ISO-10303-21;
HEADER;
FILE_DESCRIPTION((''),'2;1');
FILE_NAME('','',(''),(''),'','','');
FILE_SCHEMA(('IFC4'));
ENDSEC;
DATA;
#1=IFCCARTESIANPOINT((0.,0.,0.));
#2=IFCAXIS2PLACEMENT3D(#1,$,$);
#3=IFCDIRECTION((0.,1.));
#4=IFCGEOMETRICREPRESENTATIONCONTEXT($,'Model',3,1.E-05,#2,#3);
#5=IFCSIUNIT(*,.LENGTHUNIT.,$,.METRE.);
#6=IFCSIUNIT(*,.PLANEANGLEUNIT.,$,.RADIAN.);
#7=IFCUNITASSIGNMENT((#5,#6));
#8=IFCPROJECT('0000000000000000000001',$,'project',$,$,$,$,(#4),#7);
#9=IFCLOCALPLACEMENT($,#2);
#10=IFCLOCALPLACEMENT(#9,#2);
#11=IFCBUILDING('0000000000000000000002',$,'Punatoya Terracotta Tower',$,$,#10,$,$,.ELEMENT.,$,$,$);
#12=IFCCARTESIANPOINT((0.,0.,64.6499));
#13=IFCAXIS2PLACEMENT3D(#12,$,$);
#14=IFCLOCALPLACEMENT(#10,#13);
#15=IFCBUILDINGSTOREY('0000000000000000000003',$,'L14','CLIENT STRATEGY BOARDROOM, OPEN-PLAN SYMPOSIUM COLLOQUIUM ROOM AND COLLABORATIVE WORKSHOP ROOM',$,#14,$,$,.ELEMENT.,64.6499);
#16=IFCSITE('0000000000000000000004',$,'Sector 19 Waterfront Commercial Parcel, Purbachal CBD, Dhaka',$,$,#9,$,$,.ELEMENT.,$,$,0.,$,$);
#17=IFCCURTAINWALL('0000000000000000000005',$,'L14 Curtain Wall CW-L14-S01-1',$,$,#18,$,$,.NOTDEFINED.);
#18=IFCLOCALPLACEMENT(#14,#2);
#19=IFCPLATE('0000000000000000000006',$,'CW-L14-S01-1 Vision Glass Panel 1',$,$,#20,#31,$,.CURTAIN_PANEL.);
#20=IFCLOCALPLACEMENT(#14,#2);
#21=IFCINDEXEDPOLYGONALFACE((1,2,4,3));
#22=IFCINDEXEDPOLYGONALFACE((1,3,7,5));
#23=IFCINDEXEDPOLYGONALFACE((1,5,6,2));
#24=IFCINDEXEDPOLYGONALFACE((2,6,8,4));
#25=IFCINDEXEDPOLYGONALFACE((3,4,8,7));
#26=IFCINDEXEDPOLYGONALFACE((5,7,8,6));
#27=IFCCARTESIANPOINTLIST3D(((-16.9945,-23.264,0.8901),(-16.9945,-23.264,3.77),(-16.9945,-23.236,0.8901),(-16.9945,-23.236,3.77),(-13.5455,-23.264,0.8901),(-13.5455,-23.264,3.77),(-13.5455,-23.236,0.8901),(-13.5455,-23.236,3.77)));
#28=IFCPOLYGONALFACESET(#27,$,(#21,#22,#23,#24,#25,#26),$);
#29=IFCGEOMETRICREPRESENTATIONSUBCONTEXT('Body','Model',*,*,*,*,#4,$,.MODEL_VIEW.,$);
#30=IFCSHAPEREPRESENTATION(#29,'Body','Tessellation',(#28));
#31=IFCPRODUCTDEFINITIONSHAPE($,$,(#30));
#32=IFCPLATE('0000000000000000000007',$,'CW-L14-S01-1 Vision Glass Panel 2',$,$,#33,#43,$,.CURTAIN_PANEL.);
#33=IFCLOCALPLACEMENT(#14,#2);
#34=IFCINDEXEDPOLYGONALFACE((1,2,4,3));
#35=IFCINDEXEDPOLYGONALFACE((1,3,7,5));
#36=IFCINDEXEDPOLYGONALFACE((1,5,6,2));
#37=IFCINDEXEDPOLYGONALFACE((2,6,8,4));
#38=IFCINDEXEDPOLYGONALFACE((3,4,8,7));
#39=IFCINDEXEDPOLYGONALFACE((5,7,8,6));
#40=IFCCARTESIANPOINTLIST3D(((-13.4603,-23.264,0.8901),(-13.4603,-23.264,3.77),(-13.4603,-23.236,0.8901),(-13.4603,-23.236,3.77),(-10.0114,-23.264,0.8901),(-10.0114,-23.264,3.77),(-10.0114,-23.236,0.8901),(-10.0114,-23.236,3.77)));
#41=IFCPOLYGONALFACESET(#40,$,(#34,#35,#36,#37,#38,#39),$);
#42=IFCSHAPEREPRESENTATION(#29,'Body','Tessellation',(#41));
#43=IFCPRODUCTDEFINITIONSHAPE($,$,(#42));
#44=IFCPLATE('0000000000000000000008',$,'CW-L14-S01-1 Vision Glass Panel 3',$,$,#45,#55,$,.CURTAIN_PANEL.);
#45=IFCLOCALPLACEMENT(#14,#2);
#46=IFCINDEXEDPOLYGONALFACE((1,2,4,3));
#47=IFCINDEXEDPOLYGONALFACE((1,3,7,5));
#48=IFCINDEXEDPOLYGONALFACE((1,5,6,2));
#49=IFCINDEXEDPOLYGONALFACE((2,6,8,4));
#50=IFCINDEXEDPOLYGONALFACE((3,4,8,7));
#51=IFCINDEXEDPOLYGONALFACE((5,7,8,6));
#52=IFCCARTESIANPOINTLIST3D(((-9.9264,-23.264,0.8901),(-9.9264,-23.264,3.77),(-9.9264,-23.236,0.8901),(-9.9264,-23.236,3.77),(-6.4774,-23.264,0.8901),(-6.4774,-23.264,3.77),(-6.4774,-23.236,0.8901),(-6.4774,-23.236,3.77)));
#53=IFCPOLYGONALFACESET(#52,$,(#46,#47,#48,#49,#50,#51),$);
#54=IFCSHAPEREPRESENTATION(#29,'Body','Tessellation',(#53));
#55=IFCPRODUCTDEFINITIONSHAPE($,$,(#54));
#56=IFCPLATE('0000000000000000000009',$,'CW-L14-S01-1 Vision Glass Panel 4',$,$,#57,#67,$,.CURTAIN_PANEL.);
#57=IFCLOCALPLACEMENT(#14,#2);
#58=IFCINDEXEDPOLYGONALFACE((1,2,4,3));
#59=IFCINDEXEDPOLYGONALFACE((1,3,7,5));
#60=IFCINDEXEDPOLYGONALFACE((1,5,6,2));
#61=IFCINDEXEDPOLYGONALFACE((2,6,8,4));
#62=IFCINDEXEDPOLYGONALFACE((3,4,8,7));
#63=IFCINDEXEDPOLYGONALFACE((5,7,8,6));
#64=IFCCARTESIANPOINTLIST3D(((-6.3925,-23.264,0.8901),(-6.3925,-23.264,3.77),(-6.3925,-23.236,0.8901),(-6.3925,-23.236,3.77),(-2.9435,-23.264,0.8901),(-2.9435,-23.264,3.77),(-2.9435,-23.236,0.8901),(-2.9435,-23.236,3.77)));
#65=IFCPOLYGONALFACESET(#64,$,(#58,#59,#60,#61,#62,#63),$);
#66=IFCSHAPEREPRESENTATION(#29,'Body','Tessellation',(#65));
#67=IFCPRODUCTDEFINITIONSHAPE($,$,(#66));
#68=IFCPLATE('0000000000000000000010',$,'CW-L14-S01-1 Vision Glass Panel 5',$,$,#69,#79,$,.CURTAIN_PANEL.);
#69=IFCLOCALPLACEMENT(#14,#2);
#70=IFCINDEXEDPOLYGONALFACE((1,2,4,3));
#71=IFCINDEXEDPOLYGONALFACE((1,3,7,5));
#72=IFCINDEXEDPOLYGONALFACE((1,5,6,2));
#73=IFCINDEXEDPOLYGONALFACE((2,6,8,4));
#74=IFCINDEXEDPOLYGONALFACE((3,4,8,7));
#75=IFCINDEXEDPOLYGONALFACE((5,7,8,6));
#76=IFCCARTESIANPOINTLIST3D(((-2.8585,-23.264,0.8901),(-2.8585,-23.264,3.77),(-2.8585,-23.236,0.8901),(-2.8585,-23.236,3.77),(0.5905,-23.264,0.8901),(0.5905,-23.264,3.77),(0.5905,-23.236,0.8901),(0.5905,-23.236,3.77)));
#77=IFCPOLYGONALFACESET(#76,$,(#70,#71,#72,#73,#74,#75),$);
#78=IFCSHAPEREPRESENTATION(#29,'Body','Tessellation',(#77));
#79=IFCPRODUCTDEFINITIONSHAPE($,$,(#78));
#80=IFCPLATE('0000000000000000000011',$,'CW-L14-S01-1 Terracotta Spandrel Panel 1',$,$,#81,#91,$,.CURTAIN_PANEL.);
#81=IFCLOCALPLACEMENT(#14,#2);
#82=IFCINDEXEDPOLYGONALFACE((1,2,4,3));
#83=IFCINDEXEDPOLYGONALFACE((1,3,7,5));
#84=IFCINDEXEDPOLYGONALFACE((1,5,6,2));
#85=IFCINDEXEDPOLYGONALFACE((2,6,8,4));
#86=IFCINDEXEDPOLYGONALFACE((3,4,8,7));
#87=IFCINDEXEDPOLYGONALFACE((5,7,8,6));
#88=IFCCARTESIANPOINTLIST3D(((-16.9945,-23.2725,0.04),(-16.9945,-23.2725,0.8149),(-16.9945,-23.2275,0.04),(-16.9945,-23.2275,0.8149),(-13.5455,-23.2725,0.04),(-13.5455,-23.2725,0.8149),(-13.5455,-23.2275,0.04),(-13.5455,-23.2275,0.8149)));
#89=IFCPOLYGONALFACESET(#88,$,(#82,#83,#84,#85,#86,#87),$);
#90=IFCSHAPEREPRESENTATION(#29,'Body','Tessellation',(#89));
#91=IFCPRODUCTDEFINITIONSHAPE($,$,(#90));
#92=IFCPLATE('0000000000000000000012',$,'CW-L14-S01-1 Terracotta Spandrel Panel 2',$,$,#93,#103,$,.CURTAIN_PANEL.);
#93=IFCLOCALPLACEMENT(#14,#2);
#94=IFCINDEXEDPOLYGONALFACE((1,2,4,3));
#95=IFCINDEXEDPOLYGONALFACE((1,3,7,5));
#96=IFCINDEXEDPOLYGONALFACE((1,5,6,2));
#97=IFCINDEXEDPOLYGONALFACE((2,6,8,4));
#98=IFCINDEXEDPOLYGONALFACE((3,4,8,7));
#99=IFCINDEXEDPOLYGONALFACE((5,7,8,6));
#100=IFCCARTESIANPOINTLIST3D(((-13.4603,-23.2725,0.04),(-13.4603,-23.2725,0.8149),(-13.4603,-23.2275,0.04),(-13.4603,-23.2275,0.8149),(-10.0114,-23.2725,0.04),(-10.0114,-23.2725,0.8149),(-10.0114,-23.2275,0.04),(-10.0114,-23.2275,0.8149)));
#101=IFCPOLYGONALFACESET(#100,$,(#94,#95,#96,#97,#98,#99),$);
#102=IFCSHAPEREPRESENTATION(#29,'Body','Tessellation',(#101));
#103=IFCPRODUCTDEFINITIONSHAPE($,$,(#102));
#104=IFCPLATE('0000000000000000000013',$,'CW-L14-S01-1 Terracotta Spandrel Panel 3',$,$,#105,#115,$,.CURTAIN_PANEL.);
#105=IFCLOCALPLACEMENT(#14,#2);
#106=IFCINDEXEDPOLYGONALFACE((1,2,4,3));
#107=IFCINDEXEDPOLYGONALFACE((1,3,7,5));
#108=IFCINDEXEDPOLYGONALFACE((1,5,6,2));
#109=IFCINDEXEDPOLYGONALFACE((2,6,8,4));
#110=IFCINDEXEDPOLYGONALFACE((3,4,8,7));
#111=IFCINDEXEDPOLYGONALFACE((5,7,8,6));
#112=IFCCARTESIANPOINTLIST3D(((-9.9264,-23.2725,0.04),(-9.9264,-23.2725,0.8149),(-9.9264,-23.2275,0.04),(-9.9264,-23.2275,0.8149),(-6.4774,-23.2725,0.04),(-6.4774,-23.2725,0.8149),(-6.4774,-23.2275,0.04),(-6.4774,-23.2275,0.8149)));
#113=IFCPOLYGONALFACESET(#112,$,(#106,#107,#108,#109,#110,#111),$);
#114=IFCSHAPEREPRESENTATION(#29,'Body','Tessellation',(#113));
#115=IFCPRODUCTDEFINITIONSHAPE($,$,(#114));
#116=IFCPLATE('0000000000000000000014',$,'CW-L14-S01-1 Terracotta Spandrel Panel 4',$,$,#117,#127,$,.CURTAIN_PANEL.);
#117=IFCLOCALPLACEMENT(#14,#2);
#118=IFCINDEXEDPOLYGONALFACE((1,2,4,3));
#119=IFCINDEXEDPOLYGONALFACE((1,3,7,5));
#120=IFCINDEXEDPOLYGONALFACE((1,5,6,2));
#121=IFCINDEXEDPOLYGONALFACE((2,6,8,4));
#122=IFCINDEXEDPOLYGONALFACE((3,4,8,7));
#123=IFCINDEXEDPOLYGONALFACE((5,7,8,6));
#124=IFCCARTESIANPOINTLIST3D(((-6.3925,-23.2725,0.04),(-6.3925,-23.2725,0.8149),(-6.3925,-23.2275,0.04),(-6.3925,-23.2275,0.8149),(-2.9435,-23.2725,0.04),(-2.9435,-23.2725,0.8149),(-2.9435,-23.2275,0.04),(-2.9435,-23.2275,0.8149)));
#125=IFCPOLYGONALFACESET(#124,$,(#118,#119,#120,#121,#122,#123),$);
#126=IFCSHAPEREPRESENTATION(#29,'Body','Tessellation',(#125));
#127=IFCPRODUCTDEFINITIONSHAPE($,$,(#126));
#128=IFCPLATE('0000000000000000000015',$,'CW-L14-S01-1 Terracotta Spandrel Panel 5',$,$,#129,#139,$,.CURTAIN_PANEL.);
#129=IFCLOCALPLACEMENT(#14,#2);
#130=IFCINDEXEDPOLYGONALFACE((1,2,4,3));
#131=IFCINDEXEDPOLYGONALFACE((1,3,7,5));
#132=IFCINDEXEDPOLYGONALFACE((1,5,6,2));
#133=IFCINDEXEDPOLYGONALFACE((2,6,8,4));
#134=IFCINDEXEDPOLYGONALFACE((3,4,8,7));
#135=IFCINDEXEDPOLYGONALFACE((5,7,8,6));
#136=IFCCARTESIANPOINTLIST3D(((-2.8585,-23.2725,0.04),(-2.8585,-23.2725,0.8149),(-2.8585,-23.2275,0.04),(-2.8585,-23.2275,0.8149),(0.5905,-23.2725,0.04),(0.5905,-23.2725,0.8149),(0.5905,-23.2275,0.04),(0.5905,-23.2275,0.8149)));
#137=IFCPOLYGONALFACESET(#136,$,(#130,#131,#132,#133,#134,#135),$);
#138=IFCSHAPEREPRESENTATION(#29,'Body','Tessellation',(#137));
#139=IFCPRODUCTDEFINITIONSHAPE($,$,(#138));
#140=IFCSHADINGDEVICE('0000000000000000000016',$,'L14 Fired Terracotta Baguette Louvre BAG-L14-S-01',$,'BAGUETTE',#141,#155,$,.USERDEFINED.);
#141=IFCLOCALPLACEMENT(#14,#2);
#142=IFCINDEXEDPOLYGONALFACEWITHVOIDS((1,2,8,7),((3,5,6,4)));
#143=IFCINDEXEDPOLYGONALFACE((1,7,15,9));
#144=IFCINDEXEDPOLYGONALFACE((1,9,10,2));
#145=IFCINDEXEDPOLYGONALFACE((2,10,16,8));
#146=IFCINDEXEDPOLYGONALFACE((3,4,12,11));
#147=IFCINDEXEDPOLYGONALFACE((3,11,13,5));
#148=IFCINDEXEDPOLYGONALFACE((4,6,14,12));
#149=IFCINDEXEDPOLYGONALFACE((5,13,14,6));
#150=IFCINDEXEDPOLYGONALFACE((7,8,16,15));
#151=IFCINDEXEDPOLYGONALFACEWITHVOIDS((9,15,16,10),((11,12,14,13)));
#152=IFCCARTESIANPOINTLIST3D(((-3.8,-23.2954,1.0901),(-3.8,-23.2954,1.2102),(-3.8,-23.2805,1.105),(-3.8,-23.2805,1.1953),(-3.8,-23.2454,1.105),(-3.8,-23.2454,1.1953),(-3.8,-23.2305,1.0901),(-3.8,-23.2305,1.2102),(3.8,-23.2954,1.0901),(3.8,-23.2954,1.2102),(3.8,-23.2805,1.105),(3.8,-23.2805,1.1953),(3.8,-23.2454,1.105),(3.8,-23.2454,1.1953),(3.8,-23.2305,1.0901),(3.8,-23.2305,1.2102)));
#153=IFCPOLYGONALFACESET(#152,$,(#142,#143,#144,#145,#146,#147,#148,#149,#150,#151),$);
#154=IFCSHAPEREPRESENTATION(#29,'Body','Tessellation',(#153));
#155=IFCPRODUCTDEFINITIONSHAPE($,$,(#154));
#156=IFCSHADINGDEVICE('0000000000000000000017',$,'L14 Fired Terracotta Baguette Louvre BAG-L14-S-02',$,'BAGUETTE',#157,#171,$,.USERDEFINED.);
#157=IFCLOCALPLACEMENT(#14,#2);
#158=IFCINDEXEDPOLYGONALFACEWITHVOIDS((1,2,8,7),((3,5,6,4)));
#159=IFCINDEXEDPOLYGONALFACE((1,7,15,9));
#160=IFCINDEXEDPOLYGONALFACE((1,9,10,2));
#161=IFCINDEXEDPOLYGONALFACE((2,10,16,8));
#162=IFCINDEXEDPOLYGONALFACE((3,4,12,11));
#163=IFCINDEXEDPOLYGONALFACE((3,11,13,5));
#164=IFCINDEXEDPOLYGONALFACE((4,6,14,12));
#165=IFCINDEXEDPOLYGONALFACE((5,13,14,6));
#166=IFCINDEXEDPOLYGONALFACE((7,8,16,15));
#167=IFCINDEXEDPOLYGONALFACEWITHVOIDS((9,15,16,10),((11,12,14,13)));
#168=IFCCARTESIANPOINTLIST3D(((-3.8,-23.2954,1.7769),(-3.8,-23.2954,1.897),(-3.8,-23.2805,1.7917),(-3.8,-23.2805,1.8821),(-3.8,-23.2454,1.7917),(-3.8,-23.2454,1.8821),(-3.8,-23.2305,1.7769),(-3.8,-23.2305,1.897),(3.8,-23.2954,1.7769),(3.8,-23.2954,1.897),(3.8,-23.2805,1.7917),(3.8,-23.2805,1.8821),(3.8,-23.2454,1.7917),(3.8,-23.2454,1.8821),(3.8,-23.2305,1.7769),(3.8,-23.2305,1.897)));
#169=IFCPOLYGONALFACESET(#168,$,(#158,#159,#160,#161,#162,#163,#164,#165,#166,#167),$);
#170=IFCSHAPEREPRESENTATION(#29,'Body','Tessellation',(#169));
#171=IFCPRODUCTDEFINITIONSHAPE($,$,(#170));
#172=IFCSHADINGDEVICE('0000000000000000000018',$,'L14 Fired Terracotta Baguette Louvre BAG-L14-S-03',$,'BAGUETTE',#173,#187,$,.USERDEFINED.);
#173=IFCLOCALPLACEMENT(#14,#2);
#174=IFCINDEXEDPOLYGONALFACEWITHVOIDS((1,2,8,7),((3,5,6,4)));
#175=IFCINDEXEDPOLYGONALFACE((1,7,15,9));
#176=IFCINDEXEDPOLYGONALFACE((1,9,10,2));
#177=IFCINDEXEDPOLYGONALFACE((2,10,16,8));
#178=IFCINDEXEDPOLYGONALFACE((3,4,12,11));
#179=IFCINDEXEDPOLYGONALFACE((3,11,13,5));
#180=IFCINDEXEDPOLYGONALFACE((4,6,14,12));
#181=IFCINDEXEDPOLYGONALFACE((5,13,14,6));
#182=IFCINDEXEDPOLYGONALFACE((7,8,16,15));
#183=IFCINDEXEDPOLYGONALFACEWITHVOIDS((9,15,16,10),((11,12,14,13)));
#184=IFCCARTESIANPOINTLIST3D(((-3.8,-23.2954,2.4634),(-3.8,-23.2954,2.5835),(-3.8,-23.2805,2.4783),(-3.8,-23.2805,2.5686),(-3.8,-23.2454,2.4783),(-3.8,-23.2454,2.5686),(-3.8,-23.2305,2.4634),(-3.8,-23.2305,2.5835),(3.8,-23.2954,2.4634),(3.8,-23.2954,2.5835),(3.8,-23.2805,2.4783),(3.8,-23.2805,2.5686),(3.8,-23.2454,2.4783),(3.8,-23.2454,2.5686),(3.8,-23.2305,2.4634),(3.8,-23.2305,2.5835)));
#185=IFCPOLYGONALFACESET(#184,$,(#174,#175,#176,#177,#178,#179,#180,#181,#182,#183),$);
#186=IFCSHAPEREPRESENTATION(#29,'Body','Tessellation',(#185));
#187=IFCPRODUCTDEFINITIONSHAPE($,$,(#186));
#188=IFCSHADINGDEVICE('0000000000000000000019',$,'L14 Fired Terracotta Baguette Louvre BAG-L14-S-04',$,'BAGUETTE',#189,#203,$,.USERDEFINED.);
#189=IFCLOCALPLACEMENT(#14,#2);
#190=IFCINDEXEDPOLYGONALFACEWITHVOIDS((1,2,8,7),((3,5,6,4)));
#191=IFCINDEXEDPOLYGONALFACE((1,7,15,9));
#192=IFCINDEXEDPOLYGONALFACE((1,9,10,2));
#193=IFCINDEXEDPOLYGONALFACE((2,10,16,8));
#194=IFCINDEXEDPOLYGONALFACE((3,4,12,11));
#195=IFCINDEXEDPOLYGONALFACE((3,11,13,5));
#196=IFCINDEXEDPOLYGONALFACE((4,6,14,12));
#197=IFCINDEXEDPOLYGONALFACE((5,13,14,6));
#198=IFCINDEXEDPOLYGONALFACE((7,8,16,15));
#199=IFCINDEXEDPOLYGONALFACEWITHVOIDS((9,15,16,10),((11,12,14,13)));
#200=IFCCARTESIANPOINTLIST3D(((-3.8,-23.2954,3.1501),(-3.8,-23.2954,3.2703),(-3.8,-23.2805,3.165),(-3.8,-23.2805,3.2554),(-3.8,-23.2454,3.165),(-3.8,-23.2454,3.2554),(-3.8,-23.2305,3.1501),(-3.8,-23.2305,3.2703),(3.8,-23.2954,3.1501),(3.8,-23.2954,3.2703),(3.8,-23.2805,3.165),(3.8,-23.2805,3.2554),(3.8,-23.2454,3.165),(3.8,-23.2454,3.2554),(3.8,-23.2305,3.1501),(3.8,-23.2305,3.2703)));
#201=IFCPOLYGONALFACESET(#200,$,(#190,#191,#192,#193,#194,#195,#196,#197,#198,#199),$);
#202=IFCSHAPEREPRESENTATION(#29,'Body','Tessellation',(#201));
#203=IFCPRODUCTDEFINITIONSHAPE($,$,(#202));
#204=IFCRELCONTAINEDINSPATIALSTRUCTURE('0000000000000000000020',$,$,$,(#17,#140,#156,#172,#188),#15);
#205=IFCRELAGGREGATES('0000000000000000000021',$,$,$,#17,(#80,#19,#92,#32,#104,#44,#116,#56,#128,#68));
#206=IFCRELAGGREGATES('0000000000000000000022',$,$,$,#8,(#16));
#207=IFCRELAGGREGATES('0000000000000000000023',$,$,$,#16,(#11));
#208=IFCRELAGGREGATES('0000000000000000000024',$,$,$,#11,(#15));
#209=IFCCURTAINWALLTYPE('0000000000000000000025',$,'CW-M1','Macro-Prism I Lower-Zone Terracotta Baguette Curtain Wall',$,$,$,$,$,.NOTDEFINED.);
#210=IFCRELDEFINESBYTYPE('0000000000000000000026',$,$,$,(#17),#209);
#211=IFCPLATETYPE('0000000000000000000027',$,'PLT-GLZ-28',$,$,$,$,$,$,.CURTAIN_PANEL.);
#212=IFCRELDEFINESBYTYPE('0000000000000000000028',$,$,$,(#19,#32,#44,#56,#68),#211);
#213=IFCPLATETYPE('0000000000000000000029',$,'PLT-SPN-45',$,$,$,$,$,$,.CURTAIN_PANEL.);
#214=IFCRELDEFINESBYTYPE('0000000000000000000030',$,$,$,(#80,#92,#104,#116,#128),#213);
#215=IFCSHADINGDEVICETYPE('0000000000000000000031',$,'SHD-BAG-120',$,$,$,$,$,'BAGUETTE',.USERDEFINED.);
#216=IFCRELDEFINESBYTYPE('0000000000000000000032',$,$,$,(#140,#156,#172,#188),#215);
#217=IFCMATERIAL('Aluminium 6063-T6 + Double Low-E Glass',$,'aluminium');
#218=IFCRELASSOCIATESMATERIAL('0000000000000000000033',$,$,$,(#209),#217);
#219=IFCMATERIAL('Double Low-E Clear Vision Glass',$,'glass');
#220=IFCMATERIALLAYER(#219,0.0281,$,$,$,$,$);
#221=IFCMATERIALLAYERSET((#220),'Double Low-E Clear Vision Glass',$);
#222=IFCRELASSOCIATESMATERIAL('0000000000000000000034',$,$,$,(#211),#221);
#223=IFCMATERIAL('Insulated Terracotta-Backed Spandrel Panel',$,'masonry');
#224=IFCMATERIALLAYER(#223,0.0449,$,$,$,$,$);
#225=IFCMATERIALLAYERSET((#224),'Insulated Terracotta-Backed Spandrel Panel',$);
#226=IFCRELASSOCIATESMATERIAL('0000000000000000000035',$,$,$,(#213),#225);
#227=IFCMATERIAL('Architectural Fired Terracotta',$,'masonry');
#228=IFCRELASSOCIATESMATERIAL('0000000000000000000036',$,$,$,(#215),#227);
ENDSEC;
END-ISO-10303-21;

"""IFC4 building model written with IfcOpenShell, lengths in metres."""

from ifc_helpers import new_model, si_unit, direction, frame, origin, origin_2d, place, context, subcontext, project, spatial, rectangle, hollow_rectangle, extrude, material, layer, layer_set, material_profile, profile_set, type_object, element, aggregate, save


model = new_model("IFC4")

# Units and contexts
model_context = context("Model", 3, precision=1e-05, world=origin(), true_north=direction((0.0, 1.0)))
body_context = subcontext(model_context, "Body", "Model", "MODEL_VIEW")
ifc_project = project(units=[si_unit("LENGTHUNIT", "METRE"), si_unit("PLANEANGLEUNIT", "RADIAN")], contexts=[model_context])

# Site, building, storey
site_placement = place(None, origin())
site = spatial("IfcSite", under=ifc_project, at=site_placement, Name="Sector 19 Waterfront Commercial Parcel, Purbachal CBD, Dhaka", CompositionType="ELEMENT", RefElevation=0.0)
building_placement = place(site_placement, origin())
building = spatial("IfcBuilding", under=site, at=building_placement, Name="Punatoya Terracotta Tower", CompositionType="ELEMENT")
storey_placement = place(building_placement, frame((0.0, 0.0, 64.6499)))
storey = spatial("IfcBuildingStorey", under=building, at=storey_placement, Name="L14", Description="CLIENT STRATEGY BOARDROOM, OPEN-PLAN SYMPOSIUM COLLOQUIUM ROOM AND COLLABORATIVE WORKSHOP ROOM", CompositionType="ELEMENT", Elevation=64.6499)

# Curtain wall
ifc_material_1 = material(Name="Aluminium 6063-T6 + Double Low-E Glass", Category="aluminium")
curtain_wall_type = type_object("IfcCurtainWallType", Name="CW-M1", Description="Macro-Prism I Lower-Zone Terracotta Baguette Curtain Wall", PredefinedType="NOTDEFINED", material=ifc_material_1)
curtain_wall_placement = place(storey_placement, origin())
curtain_wall = element("IfcCurtainWall", 1, at=curtain_wall_placement, inside=storey, type_object=curtain_wall_type, Name="L14 Curtain Wall CW-L14-S01-1", PredefinedType="NOTDEFINED")

# Plates
ifc_material_2 = material(Name="Double Low-E Clear Vision Glass", Category="glass")
ifc_layer_1 = layer(ifc_material_2, 0.0281)
ifc_layer_set_1 = layer_set([ifc_layer_1], Name="Double Low-E Clear Vision Glass")
plate_type_1 = type_object("IfcPlateType", Name="PLT-GLZ-28", PredefinedType="CURTAIN_PANEL", material=ifc_layer_set_1)
plate_1_placement = place(storey_placement, frame((-15.27, -23.25, 0.8901), z_axis=(0.0, 0.0, 1.0), x_axis=(1.0, 0.0, 0.0)))
plate_1 = element("IfcPlate", 2, at=plate_1_placement, type_object=plate_type_1, Name="CW-L14-S01-1 Vision Glass Panel 1", PredefinedType="CURTAIN_PANEL", context=body_context, shape_type="SweptSolid", body=[
    extrude(rectangle(XDim=3.449, YDim=0.0281, at=origin_2d()), origin(), (0.0, 0.0, 1.0), 2.8799),
])
plate_2_placement = place(storey_placement, frame((-11.7358, -23.25, 0.8901), z_axis=(0.0, 0.0, 1.0), x_axis=(1.0, 0.0, 0.0)))
plate_2 = element("IfcPlate", 3, at=plate_2_placement, type_object=plate_type_1, Name="CW-L14-S01-1 Vision Glass Panel 2", PredefinedType="CURTAIN_PANEL", context=body_context, shape_type="SweptSolid", body=[
    extrude(rectangle(XDim=3.449, YDim=0.0281, at=origin_2d()), origin(), (0.0, 0.0, 1.0), 2.8799),
])
plate_3_placement = place(storey_placement, frame((-8.2019, -23.25, 0.8901), z_axis=(0.0, 0.0, 1.0), x_axis=(1.0, 0.0, 0.0)))
plate_3 = element("IfcPlate", 4, at=plate_3_placement, type_object=plate_type_1, Name="CW-L14-S01-1 Vision Glass Panel 3", PredefinedType="CURTAIN_PANEL", context=body_context, shape_type="SweptSolid", body=[
    extrude(rectangle(XDim=3.449, YDim=0.0281, at=origin_2d()), origin(), (0.0, 0.0, 1.0), 2.8799),
])
plate_4_placement = place(storey_placement, frame((-4.668, -23.25, 0.8901), z_axis=(0.0, 0.0, 1.0), x_axis=(1.0, 0.0, 0.0)))
plate_4 = element("IfcPlate", 5, at=plate_4_placement, type_object=plate_type_1, Name="CW-L14-S01-1 Vision Glass Panel 4", PredefinedType="CURTAIN_PANEL", context=body_context, shape_type="SweptSolid", body=[
    extrude(rectangle(XDim=3.449, YDim=0.0281, at=origin_2d()), origin(), (0.0, 0.0, 1.0), 2.8799),
])
plate_5_placement = place(storey_placement, frame((-1.134, -23.25, 0.8901), z_axis=(0.0, 0.0, 1.0), x_axis=(1.0, 0.0, 0.0)))
plate_5 = element("IfcPlate", 6, at=plate_5_placement, type_object=plate_type_1, Name="CW-L14-S01-1 Vision Glass Panel 5", PredefinedType="CURTAIN_PANEL", context=body_context, shape_type="SweptSolid", body=[
    extrude(rectangle(XDim=3.449, YDim=0.0281, at=origin_2d()), origin(), (0.0, 0.0, 1.0), 2.8799),
])
ifc_material_3 = material(Name="Insulated Terracotta-Backed Spandrel Panel", Category="masonry")
ifc_layer_2 = layer(ifc_material_3, 0.0449)
ifc_layer_set_2 = layer_set([ifc_layer_2], Name="Insulated Terracotta-Backed Spandrel Panel")
plate_type_2 = type_object("IfcPlateType", Name="PLT-SPN-45", PredefinedType="CURTAIN_PANEL", material=ifc_layer_set_2)
plate_6_placement = place(storey_placement, frame((-15.27, -23.25, 0.04), z_axis=(0.0, 0.0, 1.0), x_axis=(1.0, 0.0, 0.0)))
plate_6 = element("IfcPlate", 7, at=plate_6_placement, type_object=plate_type_2, Name="CW-L14-S01-1 Terracotta Spandrel Panel 1", PredefinedType="CURTAIN_PANEL", context=body_context, shape_type="SweptSolid", body=[
    extrude(rectangle(XDim=3.449, YDim=0.0449, at=origin_2d()), origin(), (0.0, 0.0, 1.0), 0.7749),
])
plate_7_placement = place(storey_placement, frame((-11.7358, -23.25, 0.04), z_axis=(0.0, 0.0, 1.0), x_axis=(1.0, 0.0, 0.0)))
plate_7 = element("IfcPlate", 8, at=plate_7_placement, type_object=plate_type_2, Name="CW-L14-S01-1 Terracotta Spandrel Panel 2", PredefinedType="CURTAIN_PANEL", context=body_context, shape_type="SweptSolid", body=[
    extrude(rectangle(XDim=3.449, YDim=0.0449, at=origin_2d()), origin(), (0.0, 0.0, 1.0), 0.7749),
])
plate_8_placement = place(storey_placement, frame((-8.2019, -23.25, 0.04), z_axis=(0.0, 0.0, 1.0), x_axis=(1.0, 0.0, 0.0)))
plate_8 = element("IfcPlate", 9, at=plate_8_placement, type_object=plate_type_2, Name="CW-L14-S01-1 Terracotta Spandrel Panel 3", PredefinedType="CURTAIN_PANEL", context=body_context, shape_type="SweptSolid", body=[
    extrude(rectangle(XDim=3.449, YDim=0.0449, at=origin_2d()), origin(), (0.0, 0.0, 1.0), 0.7749),
])
plate_9_placement = place(storey_placement, frame((-4.668, -23.25, 0.04), z_axis=(0.0, 0.0, 1.0), x_axis=(1.0, 0.0, 0.0)))
plate_9 = element("IfcPlate", 10, at=plate_9_placement, type_object=plate_type_2, Name="CW-L14-S01-1 Terracotta Spandrel Panel 4", PredefinedType="CURTAIN_PANEL", context=body_context, shape_type="SweptSolid", body=[
    extrude(rectangle(XDim=3.449, YDim=0.0449, at=origin_2d()), origin(), (0.0, 0.0, 1.0), 0.7749),
])
plate_10_placement = place(storey_placement, frame((-1.134, -23.25, 0.04), z_axis=(0.0, 0.0, 1.0), x_axis=(1.0, 0.0, 0.0)))
plate_10 = element("IfcPlate", 11, at=plate_10_placement, type_object=plate_type_2, Name="CW-L14-S01-1 Terracotta Spandrel Panel 5", PredefinedType="CURTAIN_PANEL", context=body_context, shape_type="SweptSolid", body=[
    extrude(rectangle(XDim=3.449, YDim=0.0449, at=origin_2d()), origin(), (0.0, 0.0, 1.0), 0.7749),
])
aggregate(curtain_wall, [plate_6, plate_1, plate_7, plate_2, plate_8, plate_3, plate_9, plate_4, plate_10, plate_5])

# Shading devices
ifc_material_4 = material(Name="Architectural Fired Terracotta", Category="masonry")
ifc_material_profile_1 = material_profile(ifc_material_4, hollow_rectangle(XDim=0.0649, YDim=0.1201, WallThickness=0.0149, at=origin_2d()))
ifc_profile_set_1 = profile_set([ifc_material_profile_1], Name="Architectural Fired Terracotta")
shading_device_type = type_object("IfcShadingDeviceType", Name="SHD-BAG-120", ElementType="BAGUETTE", PredefinedType="USERDEFINED", material=ifc_profile_set_1)
for number, where, z_axis, x_axis, name in (
    (12, (-3.8, -23.2629, 1.1501), (1.0, 0.0, 0.0), (0.0, 1.0, 0.0), "L14 Fired Terracotta Baguette Louvre BAG-L14-S-01"),
    (13, (-3.8, -23.2629, 1.8369), (1.0, 0.0, 0.0), (0.0, 1.0, 0.0), "L14 Fired Terracotta Baguette Louvre BAG-L14-S-02"),
    (14, (-3.8, -23.2629, 2.5234), (1.0, 0.0, 0.0), (0.0, 1.0, 0.0), "L14 Fired Terracotta Baguette Louvre BAG-L14-S-03"),
    (15, (-3.8, -23.2629, 3.2102), (1.0, 0.0, 0.0), (0.0, 1.0, 0.0), "L14 Fired Terracotta Baguette Louvre BAG-L14-S-04"),
):
    element("IfcShadingDevice", number, at=place(storey_placement, frame(where, z_axis=z_axis, x_axis=x_axis)), inside=storey, type_object=shading_device_type, Name=name, ObjectType="BAGUETTE", PredefinedType="USERDEFINED", context=body_context, shape_type="SweptSolid", body=[
        extrude(hollow_rectangle(XDim=0.0649, YDim=0.1201, WallThickness=0.0149, at=origin_2d()), origin(), (0.0, 0.0, 1.0), 7.6001),
    ])

save(model, "model.ifc")
